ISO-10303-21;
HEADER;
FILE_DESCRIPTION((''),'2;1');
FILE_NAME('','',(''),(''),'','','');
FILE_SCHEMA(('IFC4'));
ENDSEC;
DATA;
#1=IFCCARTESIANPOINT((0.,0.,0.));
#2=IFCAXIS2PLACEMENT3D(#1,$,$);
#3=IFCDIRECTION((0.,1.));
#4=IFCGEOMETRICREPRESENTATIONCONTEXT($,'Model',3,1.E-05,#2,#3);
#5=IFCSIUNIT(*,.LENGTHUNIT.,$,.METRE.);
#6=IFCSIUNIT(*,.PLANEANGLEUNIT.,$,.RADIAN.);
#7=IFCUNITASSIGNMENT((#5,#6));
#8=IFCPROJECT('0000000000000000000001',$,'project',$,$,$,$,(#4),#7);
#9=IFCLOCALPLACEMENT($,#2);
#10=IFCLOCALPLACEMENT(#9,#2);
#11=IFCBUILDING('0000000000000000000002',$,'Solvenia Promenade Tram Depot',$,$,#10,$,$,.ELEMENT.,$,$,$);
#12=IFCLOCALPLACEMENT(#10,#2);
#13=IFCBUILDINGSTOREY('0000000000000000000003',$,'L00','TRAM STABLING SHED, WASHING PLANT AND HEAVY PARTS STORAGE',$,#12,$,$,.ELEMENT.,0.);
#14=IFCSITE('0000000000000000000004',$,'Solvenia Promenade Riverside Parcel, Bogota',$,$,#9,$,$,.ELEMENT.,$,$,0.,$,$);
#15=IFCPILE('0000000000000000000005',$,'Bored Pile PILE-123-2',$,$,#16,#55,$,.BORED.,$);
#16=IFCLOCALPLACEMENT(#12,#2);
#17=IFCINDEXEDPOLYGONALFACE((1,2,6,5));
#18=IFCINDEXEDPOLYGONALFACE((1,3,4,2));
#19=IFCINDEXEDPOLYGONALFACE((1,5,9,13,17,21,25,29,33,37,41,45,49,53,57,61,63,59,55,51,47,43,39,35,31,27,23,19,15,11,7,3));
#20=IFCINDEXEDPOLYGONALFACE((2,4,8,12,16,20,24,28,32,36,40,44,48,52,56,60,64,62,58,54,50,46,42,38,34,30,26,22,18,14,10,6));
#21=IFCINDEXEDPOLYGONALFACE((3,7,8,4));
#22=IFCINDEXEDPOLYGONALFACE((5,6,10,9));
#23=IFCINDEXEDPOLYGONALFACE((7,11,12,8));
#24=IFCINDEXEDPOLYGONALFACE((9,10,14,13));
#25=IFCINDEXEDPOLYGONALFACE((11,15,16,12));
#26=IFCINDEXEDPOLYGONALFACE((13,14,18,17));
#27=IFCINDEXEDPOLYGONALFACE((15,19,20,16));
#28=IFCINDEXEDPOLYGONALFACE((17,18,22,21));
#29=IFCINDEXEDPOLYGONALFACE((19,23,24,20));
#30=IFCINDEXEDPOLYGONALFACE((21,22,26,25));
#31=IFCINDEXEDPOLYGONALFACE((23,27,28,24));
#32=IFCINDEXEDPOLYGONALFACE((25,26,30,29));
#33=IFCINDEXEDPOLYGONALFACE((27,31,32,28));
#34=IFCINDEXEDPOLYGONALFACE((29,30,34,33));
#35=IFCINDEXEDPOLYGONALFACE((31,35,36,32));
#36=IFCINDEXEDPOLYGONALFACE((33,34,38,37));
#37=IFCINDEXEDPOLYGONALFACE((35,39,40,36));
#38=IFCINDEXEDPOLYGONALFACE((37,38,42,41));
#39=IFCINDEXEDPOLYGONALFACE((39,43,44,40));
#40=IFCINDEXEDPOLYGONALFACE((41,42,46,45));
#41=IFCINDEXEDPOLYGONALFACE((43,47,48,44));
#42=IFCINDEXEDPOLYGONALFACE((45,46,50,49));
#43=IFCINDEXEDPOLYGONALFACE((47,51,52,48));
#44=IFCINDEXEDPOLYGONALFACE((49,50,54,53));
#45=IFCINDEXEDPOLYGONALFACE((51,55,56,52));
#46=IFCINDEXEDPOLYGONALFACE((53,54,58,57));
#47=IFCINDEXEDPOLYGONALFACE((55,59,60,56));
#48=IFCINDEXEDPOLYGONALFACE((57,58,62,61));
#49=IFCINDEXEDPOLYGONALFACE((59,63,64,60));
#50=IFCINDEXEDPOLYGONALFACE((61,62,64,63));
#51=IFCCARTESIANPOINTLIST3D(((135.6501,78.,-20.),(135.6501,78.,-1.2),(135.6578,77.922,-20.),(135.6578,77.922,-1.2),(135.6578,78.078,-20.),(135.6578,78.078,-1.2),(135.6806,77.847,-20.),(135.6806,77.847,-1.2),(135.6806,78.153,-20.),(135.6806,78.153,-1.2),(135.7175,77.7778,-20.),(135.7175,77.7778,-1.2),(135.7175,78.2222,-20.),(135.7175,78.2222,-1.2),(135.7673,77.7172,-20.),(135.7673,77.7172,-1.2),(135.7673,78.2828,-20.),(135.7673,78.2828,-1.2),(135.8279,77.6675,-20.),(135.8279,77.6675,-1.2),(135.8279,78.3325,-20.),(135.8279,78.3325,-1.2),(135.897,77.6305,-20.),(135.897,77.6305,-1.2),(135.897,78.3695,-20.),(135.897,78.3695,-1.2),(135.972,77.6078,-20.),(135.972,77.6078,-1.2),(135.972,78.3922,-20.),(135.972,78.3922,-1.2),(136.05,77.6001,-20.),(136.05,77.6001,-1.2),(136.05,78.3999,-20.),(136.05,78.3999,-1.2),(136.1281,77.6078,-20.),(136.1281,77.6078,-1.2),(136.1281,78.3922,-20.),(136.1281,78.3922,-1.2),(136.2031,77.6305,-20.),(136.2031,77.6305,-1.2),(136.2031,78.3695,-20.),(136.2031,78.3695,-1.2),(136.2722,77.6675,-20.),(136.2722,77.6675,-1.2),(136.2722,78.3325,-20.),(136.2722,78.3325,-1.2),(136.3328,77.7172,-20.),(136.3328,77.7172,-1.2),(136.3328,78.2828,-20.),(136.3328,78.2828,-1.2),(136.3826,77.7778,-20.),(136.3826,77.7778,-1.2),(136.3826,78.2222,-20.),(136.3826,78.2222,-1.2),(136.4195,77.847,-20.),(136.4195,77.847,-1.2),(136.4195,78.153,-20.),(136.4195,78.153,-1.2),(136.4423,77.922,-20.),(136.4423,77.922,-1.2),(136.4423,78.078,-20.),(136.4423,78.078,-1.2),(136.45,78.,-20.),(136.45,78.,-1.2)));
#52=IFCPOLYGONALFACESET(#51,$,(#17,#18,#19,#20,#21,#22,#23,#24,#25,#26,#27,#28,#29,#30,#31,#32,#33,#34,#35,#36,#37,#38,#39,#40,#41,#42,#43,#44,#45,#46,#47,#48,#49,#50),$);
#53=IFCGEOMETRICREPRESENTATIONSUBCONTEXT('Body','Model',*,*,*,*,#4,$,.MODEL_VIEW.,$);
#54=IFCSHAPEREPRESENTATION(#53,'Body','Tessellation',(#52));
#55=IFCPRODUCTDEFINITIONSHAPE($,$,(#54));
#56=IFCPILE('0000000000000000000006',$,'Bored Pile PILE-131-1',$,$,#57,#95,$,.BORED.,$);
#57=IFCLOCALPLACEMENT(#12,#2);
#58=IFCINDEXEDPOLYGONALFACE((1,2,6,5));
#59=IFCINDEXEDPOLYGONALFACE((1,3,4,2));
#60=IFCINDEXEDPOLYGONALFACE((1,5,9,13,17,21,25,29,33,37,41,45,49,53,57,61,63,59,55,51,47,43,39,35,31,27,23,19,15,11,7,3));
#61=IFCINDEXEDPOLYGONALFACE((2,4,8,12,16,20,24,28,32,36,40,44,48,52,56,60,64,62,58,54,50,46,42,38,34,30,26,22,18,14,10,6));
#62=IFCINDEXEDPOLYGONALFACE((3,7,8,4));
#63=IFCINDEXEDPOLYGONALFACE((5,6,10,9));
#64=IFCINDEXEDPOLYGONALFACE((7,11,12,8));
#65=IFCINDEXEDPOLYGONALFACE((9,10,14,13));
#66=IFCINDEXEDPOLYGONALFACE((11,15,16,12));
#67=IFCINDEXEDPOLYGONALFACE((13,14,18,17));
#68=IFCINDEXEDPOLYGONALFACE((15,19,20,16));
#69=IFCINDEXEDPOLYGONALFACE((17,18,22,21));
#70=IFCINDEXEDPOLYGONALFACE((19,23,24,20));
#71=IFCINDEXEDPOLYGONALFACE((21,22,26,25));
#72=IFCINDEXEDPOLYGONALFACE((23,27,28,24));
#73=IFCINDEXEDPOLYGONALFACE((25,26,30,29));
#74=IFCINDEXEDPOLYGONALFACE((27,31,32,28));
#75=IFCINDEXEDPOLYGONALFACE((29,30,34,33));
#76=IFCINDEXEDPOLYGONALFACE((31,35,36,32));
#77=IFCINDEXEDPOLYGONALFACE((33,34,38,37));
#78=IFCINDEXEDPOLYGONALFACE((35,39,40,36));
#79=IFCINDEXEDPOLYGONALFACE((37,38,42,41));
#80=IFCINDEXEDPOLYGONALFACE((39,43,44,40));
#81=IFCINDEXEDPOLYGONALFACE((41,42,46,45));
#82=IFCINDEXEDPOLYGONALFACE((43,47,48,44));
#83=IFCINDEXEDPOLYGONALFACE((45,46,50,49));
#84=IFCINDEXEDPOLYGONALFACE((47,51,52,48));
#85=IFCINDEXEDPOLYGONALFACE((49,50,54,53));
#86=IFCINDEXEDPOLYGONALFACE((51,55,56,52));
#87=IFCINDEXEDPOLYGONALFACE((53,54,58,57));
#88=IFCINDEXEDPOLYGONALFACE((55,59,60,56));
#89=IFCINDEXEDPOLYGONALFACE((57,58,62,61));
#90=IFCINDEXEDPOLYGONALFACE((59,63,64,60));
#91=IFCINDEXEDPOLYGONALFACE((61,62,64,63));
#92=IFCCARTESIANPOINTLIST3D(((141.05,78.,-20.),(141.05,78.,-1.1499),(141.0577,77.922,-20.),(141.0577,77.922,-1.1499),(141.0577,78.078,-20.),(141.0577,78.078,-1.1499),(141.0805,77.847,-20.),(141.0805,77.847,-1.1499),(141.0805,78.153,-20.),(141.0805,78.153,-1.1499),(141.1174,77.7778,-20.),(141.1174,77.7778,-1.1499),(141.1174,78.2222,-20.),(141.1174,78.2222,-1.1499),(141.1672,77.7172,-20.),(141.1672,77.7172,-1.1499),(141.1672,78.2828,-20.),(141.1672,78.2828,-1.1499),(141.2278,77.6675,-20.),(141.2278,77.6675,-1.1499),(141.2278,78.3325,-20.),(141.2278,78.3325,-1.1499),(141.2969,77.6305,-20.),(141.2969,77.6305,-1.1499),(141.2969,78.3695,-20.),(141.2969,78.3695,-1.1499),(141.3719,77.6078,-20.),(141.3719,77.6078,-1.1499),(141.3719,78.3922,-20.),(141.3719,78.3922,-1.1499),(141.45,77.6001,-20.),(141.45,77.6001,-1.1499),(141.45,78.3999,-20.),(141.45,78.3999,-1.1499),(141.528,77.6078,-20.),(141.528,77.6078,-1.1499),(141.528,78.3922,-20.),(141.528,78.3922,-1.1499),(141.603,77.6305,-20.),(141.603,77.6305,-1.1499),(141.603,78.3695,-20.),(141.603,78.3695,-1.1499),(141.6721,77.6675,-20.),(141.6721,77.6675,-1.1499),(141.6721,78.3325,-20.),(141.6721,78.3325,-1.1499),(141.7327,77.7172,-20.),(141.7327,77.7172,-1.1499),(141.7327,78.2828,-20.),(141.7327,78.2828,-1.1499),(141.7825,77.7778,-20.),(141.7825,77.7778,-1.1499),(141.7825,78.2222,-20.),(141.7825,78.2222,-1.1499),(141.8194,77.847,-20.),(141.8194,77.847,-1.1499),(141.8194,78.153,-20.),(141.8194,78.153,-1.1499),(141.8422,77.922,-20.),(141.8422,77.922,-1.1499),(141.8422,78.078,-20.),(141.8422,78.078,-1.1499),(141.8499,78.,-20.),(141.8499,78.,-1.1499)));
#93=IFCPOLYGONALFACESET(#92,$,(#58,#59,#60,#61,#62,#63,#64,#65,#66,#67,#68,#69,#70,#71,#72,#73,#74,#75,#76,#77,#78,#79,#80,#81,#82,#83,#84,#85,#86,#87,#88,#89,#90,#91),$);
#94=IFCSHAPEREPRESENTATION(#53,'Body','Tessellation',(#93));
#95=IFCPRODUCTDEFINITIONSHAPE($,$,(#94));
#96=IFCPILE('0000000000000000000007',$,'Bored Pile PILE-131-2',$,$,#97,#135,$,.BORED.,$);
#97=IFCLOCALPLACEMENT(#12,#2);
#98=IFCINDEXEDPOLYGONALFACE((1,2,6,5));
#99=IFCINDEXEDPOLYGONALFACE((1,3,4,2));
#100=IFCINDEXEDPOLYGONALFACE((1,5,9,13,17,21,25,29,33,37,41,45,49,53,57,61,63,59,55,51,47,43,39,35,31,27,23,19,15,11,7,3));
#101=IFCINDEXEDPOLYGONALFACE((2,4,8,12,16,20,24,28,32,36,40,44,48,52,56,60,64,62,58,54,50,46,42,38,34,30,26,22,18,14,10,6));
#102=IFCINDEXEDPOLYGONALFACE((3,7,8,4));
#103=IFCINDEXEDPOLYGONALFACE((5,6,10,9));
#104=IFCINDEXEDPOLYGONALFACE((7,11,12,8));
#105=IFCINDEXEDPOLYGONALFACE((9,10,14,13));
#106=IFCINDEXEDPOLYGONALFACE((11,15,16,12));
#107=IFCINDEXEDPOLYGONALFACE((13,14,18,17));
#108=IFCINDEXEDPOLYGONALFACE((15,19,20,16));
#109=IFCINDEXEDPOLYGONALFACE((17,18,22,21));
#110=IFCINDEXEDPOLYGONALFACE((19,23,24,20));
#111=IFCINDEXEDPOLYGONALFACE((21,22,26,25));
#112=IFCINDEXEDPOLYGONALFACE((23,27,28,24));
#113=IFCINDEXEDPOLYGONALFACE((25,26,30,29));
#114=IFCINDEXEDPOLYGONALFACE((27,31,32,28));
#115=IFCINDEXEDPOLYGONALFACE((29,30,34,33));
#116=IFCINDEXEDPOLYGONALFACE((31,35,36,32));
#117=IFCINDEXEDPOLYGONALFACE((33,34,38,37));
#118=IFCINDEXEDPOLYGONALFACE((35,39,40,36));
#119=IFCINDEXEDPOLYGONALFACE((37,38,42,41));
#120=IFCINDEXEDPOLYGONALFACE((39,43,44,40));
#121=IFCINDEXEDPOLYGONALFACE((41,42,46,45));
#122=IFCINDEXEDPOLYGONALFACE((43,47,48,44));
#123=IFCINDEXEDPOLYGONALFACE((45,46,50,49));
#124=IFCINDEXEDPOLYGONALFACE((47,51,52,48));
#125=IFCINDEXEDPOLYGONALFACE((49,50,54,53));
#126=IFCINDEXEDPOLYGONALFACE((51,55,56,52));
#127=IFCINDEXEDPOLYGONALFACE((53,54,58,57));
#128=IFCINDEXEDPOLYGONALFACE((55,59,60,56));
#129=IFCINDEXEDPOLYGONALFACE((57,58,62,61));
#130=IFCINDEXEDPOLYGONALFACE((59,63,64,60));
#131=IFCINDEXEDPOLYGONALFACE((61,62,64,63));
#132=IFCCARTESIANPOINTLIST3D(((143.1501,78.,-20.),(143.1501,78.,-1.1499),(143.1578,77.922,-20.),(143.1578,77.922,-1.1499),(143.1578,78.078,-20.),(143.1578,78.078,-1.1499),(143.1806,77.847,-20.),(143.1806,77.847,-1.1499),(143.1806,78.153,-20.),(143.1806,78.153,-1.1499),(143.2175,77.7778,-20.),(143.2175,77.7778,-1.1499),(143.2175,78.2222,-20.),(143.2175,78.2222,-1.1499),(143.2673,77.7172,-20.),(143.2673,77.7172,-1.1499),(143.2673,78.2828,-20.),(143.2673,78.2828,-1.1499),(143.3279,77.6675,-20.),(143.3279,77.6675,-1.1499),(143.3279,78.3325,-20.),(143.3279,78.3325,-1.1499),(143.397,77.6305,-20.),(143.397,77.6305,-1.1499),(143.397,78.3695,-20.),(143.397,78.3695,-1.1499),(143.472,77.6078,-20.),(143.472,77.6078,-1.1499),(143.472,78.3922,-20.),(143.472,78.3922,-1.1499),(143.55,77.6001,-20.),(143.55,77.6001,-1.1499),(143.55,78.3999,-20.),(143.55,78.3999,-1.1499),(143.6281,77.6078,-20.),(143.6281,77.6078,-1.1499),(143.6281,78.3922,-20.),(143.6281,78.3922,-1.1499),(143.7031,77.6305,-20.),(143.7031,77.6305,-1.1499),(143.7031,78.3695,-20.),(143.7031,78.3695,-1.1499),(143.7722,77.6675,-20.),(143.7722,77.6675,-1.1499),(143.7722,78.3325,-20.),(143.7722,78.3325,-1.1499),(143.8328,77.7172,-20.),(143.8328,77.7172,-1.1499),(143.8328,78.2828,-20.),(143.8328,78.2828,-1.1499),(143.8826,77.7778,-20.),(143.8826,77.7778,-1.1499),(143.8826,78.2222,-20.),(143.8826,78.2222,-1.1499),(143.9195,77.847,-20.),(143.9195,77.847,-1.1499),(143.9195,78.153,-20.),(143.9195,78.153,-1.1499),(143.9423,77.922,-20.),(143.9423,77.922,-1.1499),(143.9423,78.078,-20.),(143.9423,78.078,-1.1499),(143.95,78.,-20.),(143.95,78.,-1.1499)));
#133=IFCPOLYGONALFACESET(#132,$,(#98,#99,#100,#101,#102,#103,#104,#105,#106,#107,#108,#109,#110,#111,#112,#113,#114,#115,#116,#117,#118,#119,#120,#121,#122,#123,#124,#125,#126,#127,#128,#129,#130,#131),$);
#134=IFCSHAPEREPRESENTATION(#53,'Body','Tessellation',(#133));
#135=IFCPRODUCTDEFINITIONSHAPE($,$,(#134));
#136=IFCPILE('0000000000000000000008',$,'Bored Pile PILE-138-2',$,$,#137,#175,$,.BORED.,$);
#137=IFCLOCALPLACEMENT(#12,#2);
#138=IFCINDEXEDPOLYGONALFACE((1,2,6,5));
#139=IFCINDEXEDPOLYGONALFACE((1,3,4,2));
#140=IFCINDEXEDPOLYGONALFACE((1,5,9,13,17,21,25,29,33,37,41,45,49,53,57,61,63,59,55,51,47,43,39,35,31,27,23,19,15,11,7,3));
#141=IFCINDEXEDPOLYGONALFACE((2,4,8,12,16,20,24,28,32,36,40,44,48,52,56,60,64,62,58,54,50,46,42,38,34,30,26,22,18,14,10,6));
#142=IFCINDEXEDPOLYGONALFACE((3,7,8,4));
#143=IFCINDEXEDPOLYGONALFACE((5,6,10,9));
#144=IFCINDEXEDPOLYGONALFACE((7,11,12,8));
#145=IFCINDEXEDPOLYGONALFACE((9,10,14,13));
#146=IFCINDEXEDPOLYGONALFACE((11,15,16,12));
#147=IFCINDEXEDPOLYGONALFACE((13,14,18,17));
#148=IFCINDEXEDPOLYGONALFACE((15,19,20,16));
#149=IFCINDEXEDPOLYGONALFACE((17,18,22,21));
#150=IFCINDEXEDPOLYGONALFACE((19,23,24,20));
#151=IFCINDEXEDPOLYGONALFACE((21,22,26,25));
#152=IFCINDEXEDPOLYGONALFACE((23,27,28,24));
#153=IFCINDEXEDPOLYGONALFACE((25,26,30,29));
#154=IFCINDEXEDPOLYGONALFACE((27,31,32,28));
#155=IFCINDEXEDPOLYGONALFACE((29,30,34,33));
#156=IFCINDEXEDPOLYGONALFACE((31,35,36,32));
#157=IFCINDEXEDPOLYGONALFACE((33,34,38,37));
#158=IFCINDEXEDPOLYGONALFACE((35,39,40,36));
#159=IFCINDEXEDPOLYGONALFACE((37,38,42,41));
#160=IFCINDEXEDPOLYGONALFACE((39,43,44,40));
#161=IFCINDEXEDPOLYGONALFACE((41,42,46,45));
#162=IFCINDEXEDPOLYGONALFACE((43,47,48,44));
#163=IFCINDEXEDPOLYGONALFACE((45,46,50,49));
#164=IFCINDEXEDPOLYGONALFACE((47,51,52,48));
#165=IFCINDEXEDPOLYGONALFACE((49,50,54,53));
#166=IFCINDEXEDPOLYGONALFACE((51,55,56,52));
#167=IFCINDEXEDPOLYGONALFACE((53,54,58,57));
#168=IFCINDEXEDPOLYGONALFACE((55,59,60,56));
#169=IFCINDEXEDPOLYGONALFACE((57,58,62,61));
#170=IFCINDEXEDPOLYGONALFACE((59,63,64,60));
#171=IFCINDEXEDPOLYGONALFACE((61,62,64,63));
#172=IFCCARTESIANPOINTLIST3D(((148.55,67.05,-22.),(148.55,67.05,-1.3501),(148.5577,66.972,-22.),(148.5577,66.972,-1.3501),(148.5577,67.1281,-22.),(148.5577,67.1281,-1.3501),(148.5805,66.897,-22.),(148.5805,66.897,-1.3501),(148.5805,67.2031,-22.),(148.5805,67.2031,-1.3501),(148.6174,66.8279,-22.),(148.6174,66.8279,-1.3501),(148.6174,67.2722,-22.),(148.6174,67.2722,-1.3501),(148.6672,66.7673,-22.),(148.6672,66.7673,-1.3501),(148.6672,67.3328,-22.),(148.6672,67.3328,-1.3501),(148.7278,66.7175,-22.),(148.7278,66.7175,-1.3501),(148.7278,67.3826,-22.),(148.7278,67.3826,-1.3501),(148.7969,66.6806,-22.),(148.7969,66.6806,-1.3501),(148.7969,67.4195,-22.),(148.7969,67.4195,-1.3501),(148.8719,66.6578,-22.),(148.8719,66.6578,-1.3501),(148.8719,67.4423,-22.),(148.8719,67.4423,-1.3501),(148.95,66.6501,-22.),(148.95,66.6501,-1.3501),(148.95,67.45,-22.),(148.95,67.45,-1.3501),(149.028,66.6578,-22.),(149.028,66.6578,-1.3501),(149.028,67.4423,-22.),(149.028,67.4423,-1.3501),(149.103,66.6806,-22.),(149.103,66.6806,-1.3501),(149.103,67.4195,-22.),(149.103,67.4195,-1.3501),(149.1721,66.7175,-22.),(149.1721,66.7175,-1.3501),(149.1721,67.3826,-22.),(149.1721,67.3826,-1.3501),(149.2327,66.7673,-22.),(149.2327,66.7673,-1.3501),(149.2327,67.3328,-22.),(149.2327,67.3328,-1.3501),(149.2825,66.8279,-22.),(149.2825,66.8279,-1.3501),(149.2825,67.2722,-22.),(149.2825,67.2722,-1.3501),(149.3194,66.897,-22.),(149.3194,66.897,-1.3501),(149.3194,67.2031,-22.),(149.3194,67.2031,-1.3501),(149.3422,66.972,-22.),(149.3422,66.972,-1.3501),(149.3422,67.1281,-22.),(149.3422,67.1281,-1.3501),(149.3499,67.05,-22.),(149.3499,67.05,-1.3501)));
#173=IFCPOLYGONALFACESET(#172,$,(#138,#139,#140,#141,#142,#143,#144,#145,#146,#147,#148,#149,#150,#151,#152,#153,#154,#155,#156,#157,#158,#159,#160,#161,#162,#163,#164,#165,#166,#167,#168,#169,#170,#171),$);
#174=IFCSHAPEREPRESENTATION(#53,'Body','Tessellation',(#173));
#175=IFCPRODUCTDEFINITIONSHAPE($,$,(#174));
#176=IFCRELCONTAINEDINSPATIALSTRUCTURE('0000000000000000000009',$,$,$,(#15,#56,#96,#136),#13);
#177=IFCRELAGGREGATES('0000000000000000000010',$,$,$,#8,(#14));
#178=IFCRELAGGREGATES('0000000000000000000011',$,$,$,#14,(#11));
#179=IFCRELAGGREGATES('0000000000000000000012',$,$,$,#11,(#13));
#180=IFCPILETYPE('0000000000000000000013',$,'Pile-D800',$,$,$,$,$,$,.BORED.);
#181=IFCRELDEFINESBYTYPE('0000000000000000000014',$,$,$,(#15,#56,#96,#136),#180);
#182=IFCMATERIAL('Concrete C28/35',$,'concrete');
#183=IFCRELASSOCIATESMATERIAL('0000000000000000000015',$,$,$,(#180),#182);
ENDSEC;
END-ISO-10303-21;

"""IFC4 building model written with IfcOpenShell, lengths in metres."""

from ifc_helpers import new_model, si_unit, direction, frame, origin, origin_2d, place, context, subcontext, project, spatial, circle, extrude, material, material_profile, profile_set, type_object, element, save


model = new_model("IFC4")

# Units and contexts
model_context = context("Model", 3, precision=1e-05, world=origin(), true_north=direction((0.0, 1.0)))
body_context = subcontext(model_context, "Body", "Model", "MODEL_VIEW")
ifc_project = project(units=[si_unit("LENGTHUNIT", "METRE"), si_unit("PLANEANGLEUNIT", "RADIAN")], contexts=[model_context])

# Site, building, storey
site_placement = place(None, origin())
site = spatial("IfcSite", under=ifc_project, at=site_placement, Name="Solvenia Promenade Riverside Parcel, Bogota", CompositionType="ELEMENT", RefElevation=0.0)
building_placement = place(site_placement, origin())
building = spatial("IfcBuilding", under=site, at=building_placement, Name="Solvenia Promenade Tram Depot", CompositionType="ELEMENT")
storey_placement = place(building_placement, origin())
storey = spatial("IfcBuildingStorey", under=building, at=storey_placement, Name="L00", Description="TRAM STABLING SHED, WASHING PLANT AND HEAVY PARTS STORAGE", CompositionType="ELEMENT", Elevation=0.0)

# Shared definitions
ifc_material_1 = material(Name="Concrete C28/35", Category="concrete")

# Piles
ifc_material_profile_1 = material_profile(ifc_material_1, circle(Radius=0.3999, at=origin_2d()), Name="D800", Category="concrete")
ifc_profile_set_1 = profile_set([ifc_material_profile_1], Name="Concrete C28/35")
pile_type_1 = type_object("IfcPileType", Name="Pile-D800", PredefinedType="BORED", material=ifc_profile_set_1)
for number, where, z_axis, x_axis, name in (
    (1, (136.05, 78.0, -1.2), (0.0, 0.0, -1.0), (1.0, 0.0, 0.0), "Bored Pile PILE-123-2"),
):
    element("IfcPile", number, at=place(storey_placement, frame(where, z_axis=z_axis, x_axis=x_axis)), inside=storey, type_object=pile_type_1, Name=name, PredefinedType="BORED", context=body_context, shape_type="SweptSolid", body=[
        extrude(circle(Radius=0.3999, at=origin_2d()), origin(), (0.0, 0.0, 1.0), 18.8),
    ])
for number, where, z_axis, x_axis, name in (
    (2, (141.45, 78.0, -1.1499), (0.0, 0.0, -1.0), (1.0, 0.0, 0.0), "Bored Pile PILE-131-1"),
    (3, (143.55, 78.0, -1.1499), (0.0, 0.0, -1.0), (1.0, 0.0, 0.0), "Bored Pile PILE-131-2"),
):
    element("IfcPile", number, at=place(storey_placement, frame(where, z_axis=z_axis, x_axis=x_axis)), inside=storey, type_object=pile_type_1, Name=name, PredefinedType="BORED", context=body_context, shape_type="SweptSolid", body=[
        extrude(circle(Radius=0.3999, at=origin_2d()), origin(), (0.0, 0.0, 1.0), 18.8501),
    ])
for number, where, z_axis, x_axis, name in (
    (4, (148.95, 67.05, -1.3501), (0.0, 0.0, -1.0), (1.0, 0.0, 0.0), "Bored Pile PILE-138-2"),
):
    element("IfcPile", number, at=place(storey_placement, frame(where, z_axis=z_axis, x_axis=x_axis)), inside=storey, type_object=pile_type_1, Name=name, PredefinedType="BORED", context=body_context, shape_type="SweptSolid", body=[
        extrude(circle(Radius=0.3999, at=origin_2d()), origin(), (0.0, 0.0, 1.0), 20.6499),
    ])

save(model, "model.ifc")
